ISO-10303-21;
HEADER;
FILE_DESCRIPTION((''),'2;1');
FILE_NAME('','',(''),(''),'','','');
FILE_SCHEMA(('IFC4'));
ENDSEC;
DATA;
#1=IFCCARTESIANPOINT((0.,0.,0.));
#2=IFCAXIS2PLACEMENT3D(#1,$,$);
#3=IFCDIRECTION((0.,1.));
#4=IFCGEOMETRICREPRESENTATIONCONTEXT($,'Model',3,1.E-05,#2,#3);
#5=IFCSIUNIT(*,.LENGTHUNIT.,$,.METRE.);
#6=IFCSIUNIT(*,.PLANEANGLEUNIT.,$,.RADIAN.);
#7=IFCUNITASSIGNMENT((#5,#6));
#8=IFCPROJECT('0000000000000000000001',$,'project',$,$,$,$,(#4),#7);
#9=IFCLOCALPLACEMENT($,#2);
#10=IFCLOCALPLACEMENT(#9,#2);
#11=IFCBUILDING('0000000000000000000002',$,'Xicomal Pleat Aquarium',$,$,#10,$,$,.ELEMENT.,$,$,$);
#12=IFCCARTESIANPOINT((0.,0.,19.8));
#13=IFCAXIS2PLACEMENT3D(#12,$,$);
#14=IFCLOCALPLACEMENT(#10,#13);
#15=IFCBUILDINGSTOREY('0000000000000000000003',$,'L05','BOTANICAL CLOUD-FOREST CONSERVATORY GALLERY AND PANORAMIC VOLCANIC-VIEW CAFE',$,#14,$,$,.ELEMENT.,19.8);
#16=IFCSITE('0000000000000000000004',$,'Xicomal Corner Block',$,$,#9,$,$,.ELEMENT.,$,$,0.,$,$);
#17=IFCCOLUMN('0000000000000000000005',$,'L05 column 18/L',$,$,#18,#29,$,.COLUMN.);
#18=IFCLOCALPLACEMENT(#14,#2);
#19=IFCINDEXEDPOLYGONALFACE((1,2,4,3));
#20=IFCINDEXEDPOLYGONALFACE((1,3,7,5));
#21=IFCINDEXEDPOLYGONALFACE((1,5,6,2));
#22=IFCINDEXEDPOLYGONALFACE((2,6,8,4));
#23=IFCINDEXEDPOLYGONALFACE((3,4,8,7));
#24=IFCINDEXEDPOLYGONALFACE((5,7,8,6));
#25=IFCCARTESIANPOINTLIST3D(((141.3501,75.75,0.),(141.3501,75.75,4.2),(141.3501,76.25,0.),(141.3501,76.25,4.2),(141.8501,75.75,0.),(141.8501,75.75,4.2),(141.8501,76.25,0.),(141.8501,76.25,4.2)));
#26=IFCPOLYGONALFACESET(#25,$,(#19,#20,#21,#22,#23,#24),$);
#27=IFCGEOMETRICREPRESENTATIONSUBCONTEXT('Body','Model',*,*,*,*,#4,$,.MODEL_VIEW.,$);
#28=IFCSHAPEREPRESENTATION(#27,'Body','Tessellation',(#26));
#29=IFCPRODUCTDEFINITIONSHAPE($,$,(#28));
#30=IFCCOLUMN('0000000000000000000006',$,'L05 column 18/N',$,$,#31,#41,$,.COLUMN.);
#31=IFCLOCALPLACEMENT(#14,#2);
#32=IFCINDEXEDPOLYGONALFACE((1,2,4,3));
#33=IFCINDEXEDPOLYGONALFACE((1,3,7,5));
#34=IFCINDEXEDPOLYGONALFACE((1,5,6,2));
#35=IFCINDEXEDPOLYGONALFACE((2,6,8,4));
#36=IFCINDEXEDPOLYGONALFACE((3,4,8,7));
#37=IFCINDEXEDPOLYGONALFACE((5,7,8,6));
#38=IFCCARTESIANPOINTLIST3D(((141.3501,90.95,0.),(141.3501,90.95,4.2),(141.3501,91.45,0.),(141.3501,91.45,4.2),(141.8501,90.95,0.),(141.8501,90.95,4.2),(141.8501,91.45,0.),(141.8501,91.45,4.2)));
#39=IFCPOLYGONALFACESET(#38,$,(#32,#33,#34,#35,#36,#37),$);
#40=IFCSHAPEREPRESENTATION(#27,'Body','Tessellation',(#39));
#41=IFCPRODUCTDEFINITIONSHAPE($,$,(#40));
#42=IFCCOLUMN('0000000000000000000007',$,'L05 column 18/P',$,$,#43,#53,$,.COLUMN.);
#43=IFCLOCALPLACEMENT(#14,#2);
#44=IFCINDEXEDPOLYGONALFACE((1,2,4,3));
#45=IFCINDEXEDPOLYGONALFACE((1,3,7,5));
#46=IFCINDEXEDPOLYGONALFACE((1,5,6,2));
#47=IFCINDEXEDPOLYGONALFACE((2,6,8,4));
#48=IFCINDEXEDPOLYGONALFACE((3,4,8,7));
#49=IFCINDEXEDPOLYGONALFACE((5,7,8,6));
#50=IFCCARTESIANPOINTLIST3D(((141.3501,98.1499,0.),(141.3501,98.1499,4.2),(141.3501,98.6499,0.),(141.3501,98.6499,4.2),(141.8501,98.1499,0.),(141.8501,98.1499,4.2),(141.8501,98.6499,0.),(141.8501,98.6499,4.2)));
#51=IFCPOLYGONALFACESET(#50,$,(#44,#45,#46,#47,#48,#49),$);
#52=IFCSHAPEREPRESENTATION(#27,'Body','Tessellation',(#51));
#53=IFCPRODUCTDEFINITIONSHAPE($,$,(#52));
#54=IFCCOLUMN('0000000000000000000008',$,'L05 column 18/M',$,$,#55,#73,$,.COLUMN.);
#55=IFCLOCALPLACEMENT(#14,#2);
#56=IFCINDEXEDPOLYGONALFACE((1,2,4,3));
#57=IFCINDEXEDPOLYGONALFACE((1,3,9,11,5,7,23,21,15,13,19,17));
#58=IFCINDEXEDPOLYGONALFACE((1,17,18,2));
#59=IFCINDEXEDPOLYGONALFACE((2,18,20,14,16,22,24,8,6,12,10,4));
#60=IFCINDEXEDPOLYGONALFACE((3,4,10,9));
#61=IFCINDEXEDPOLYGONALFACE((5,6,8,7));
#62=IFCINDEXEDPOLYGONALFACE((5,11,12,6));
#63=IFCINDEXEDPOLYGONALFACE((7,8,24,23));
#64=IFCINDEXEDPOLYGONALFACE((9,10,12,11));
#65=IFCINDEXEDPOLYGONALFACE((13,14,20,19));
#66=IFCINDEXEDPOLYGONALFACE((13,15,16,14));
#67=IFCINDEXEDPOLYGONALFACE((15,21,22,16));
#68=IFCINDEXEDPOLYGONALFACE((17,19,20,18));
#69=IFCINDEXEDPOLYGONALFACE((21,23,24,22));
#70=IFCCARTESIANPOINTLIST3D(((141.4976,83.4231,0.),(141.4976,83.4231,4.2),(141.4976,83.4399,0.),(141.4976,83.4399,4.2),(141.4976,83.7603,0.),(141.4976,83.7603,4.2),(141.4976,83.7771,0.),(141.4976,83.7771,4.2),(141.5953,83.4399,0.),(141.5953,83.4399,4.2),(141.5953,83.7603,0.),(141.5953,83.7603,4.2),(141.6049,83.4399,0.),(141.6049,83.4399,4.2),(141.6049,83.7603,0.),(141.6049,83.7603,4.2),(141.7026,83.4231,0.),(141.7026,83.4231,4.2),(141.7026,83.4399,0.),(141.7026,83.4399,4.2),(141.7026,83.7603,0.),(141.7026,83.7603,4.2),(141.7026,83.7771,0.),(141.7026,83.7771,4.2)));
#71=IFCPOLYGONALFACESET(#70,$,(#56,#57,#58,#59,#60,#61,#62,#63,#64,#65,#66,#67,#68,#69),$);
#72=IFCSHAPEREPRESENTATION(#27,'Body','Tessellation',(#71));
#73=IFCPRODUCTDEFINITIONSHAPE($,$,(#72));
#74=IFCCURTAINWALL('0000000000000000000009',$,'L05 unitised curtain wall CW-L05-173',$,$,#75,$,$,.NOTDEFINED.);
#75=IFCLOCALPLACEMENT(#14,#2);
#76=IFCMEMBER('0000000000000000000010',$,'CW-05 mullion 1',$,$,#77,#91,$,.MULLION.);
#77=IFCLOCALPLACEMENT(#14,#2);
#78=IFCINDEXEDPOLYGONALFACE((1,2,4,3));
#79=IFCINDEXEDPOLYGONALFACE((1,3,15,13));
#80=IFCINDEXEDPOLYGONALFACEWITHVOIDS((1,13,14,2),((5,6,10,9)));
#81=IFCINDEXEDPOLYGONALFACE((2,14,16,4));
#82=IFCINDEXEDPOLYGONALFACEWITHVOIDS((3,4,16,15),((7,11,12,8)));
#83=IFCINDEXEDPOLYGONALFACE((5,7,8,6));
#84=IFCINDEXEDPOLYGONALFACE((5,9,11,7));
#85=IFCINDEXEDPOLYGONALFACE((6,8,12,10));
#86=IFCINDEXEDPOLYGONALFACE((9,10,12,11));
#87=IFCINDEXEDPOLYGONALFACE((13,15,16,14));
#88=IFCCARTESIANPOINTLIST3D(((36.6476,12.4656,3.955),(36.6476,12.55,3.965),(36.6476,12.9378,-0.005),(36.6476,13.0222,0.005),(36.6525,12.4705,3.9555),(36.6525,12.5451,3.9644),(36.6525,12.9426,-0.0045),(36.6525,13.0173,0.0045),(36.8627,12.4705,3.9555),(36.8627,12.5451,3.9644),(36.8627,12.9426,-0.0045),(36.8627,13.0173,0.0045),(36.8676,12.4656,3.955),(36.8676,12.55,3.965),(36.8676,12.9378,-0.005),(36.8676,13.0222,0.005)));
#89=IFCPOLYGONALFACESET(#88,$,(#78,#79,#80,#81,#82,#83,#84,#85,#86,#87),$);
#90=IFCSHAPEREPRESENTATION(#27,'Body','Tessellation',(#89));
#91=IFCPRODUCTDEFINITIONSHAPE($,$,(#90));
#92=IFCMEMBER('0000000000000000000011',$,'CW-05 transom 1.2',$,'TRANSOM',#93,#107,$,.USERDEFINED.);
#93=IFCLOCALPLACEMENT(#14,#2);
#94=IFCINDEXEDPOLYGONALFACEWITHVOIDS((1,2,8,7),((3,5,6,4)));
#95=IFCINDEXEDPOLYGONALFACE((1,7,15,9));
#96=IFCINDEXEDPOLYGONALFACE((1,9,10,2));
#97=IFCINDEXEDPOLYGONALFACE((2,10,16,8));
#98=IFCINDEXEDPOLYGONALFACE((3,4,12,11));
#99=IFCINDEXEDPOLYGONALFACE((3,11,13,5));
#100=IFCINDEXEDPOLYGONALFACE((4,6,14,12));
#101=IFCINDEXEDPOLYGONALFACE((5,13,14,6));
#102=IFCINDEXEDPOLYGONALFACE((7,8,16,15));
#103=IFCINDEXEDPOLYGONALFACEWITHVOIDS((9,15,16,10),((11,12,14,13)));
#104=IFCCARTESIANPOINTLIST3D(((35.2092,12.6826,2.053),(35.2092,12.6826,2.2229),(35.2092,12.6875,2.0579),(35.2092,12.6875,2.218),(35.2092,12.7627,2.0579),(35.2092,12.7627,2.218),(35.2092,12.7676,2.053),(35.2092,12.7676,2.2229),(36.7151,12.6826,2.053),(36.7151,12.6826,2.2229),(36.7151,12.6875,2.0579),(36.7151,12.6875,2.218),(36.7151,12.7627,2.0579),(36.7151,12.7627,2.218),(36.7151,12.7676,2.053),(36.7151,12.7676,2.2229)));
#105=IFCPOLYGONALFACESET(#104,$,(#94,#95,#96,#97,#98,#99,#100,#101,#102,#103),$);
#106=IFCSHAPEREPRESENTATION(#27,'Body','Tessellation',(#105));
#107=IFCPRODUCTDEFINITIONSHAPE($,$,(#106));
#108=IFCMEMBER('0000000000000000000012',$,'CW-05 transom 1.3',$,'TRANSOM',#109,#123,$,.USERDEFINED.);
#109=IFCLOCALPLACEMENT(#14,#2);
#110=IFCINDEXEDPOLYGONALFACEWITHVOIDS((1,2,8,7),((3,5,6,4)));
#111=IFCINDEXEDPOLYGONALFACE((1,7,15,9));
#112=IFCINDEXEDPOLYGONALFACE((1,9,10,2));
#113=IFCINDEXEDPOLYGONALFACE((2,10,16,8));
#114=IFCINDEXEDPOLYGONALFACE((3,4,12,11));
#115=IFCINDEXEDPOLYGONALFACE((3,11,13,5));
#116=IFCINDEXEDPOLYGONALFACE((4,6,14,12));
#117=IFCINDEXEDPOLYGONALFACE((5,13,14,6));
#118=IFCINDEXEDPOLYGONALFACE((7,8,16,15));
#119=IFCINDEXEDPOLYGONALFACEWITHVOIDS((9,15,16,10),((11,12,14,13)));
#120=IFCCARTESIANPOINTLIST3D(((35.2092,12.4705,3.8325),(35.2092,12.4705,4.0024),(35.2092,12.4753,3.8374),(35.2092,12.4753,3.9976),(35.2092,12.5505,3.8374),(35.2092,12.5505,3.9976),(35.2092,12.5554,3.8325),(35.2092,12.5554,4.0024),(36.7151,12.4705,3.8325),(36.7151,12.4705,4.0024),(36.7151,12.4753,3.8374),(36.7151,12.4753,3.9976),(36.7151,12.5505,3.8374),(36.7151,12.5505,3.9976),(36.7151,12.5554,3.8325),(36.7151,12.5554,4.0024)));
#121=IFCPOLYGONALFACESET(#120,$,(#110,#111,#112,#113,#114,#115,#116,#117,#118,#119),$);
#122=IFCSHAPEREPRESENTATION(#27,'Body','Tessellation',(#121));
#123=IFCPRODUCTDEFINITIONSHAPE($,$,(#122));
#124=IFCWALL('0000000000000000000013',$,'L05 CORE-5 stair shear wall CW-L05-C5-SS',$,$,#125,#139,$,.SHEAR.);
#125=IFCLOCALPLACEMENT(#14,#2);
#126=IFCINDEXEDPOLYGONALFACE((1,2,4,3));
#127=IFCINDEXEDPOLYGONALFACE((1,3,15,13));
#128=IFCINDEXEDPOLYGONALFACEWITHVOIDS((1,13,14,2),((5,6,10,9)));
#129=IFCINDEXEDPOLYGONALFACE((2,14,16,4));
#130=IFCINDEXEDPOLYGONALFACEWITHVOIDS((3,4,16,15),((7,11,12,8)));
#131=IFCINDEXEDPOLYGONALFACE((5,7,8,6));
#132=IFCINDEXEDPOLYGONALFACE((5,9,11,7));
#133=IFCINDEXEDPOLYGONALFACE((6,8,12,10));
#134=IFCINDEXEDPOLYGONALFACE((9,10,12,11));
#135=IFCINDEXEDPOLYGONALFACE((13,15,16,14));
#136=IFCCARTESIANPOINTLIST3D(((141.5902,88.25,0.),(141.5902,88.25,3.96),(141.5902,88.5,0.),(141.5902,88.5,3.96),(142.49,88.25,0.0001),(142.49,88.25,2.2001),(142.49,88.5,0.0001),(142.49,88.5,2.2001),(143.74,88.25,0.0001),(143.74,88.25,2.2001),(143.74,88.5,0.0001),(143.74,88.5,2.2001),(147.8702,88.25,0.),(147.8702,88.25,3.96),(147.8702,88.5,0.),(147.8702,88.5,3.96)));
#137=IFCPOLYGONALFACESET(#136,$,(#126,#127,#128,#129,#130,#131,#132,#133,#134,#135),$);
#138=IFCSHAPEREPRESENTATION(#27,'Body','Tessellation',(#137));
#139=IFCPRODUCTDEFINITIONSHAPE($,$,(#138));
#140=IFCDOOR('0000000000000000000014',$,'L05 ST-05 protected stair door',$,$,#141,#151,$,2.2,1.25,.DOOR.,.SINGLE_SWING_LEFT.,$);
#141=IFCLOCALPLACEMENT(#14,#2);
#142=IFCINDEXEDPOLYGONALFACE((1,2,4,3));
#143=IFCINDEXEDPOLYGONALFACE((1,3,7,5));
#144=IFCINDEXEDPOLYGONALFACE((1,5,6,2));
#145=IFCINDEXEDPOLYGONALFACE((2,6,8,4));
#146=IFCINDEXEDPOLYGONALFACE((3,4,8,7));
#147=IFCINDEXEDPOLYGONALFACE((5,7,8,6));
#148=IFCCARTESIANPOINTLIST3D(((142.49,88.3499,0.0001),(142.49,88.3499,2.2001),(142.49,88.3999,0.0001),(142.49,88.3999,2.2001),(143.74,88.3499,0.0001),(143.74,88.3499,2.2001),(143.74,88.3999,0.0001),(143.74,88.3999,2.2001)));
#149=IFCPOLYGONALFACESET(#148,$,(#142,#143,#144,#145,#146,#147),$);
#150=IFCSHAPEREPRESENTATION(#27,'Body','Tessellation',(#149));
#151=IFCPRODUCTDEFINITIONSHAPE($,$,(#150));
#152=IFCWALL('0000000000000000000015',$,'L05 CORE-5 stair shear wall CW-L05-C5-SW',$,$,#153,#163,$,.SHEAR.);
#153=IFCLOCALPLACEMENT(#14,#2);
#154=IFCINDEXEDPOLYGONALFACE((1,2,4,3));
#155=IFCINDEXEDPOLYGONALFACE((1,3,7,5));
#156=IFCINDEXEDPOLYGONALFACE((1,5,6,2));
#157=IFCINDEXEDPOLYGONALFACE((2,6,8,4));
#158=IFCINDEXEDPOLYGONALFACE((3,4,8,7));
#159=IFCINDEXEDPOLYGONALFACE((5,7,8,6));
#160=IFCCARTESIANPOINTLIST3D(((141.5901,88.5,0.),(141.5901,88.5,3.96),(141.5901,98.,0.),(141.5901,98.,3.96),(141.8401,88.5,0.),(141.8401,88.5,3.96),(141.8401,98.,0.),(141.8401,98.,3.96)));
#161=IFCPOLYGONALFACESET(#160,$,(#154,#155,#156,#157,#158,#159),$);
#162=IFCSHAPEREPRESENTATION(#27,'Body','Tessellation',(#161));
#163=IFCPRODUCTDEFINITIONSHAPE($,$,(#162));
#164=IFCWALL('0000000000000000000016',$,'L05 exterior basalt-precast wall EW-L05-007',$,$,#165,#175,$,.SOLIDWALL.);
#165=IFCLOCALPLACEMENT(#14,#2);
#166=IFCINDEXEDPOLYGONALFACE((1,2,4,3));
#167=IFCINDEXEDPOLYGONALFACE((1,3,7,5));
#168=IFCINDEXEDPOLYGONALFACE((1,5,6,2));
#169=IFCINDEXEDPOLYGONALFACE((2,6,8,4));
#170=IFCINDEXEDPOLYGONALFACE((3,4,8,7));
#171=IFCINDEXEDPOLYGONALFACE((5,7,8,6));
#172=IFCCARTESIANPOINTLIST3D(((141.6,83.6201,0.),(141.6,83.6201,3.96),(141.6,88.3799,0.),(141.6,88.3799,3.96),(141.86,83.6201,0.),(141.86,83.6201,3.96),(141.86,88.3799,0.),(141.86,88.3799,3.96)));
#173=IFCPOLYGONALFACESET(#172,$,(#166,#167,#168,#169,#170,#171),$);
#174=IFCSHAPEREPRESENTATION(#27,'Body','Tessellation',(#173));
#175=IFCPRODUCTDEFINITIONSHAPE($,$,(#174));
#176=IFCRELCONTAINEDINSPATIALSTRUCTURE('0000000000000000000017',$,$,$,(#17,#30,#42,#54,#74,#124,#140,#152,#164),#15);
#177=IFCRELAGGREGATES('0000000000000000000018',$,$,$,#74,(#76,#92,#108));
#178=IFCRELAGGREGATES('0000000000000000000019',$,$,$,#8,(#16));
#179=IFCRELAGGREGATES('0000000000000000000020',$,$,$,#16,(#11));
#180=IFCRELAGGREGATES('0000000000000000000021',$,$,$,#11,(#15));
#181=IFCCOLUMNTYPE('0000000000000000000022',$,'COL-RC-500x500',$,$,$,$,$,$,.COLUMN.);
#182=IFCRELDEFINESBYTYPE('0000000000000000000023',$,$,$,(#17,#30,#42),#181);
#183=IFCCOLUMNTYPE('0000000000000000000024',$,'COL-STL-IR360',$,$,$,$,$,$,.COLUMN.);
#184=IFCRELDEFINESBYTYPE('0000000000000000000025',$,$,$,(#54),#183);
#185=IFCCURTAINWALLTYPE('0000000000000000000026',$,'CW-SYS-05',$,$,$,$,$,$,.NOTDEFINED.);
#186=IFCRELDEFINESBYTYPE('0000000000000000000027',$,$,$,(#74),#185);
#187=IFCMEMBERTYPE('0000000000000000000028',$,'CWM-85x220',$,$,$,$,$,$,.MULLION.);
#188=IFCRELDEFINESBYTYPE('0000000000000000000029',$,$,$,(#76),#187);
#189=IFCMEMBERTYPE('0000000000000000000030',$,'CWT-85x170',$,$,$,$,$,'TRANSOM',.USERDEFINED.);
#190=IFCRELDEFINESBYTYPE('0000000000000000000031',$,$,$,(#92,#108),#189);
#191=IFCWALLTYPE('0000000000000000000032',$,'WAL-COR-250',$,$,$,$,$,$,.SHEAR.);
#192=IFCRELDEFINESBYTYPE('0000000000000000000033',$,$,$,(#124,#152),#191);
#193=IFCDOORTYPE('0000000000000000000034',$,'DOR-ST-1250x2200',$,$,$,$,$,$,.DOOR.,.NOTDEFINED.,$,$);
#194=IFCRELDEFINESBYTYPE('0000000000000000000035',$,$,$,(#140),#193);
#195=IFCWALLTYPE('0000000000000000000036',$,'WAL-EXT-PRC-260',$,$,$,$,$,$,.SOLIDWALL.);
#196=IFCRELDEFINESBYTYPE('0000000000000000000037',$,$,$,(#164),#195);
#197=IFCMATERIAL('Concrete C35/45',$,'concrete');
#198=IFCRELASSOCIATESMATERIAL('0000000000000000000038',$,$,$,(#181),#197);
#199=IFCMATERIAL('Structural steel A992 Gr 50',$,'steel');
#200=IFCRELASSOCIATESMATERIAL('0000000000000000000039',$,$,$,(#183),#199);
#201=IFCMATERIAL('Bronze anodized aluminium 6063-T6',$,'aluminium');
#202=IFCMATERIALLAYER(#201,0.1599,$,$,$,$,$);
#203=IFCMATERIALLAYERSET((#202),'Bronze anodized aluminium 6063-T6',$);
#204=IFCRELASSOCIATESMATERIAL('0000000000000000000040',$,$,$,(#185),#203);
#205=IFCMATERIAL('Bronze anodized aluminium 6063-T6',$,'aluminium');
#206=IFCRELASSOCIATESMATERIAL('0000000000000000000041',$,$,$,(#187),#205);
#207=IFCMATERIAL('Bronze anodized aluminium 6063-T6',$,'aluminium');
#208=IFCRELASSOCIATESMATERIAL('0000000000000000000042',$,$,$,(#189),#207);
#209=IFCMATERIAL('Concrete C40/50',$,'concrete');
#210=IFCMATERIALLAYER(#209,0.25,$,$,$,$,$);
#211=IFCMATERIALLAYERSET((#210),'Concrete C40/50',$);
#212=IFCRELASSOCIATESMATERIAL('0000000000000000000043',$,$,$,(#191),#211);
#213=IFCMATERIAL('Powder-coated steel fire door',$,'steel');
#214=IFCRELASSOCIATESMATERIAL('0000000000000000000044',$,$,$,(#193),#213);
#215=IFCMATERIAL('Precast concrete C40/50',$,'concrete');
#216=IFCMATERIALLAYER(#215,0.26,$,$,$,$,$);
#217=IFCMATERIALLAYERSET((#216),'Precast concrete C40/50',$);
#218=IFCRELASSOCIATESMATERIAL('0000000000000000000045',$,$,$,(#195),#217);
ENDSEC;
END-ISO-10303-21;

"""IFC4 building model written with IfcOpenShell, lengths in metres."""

from ifc_helpers import new_model, si_unit, direction, frame, frame_2d, origin, origin_2d, place, context, subcontext, project, spatial, rectangle, hollow_rectangle, i_section, extrude, material, layer, layer_set, material_profile, profile_set, type_object, element, fill, aggregate, save


model = new_model("IFC4")

# Units and contexts
model_context = context("Model", 3, precision=1e-05, world=origin(), true_north=direction((0.0, 1.0)))
body_context = subcontext(model_context, "Body", "Model", "MODEL_VIEW")
ifc_project = project(units=[si_unit("LENGTHUNIT", "METRE"), si_unit("PLANEANGLEUNIT", "RADIAN")], contexts=[model_context])

# Site, building, storey
site_placement = place(None, origin())
site = spatial("IfcSite", under=ifc_project, at=site_placement, Name="Xicomal Corner Block", CompositionType="ELEMENT", RefElevation=0.0)
building_placement = place(site_placement, origin())
building = spatial("IfcBuilding", under=site, at=building_placement, Name="Xicomal Pleat Aquarium", CompositionType="ELEMENT")
storey_placement = place(building_placement, frame((0.0, 0.0, 19.8)))
storey = spatial("IfcBuildingStorey", under=building, at=storey_placement, Name="L05", Description="BOTANICAL CLOUD-FOREST CONSERVATORY GALLERY AND PANORAMIC VOLCANIC-VIEW CAFE", CompositionType="ELEMENT", Elevation=19.8)

# Columns
ifc_material_1 = material(Name="Concrete C35/45", Category="concrete")
ifc_material_profile_1 = material_profile(ifc_material_1, rectangle(XDim=0.5, YDim=0.5, at=origin_2d()), Name="RC 500x500")
ifc_profile_set_1 = profile_set([ifc_material_profile_1], Name="Concrete C35/45")
column_type_1 = type_object("IfcColumnType", Name="COL-RC-500x500", PredefinedType="COLUMN", material=ifc_profile_set_1)
for number, where, z_axis, x_axis, name in (
    (1, (141.6001, 76.0, 0.0), (0.0, 0.0, 1.0), (1.0, 0.0, 0.0), "L05 column 18/L"),
    (2, (141.6001, 91.2, 0.0), (0.0, 0.0, 1.0), (1.0, 0.0, 0.0), "L05 column 18/N"),
    (3, (141.6001, 98.3999, 0.0), (0.0, 0.0, 1.0), (1.0, 0.0, 0.0), "L05 column 18/P"),
):
    element("IfcColumn", number, at=place(storey_placement, frame(where, z_axis=z_axis, x_axis=x_axis)), inside=storey, type_object=column_type_1, Name=name, PredefinedType="COLUMN", context=body_context, shape_type="SweptSolid", body=[
        extrude(rectangle(XDim=0.5, YDim=0.5, at=origin_2d()), origin(), (0.0, 0.0, 1.0), 4.2),
    ])
ifc_material_2 = material(Name="Structural steel A992 Gr 50", Category="steel")
ifc_material_profile_2 = material_profile(ifc_material_2, i_section(OverallWidth=0.2051, OverallDepth=0.354, WebThickness=0.0095, FlangeThickness=0.0168, at=origin_2d()), Name="IR 360x79")
ifc_profile_set_2 = profile_set([ifc_material_profile_2], Name="Structural steel A992 Gr 50")
column_type_2 = type_object("IfcColumnType", Name="COL-STL-IR360", PredefinedType="COLUMN", material=ifc_profile_set_2)
column_placement = place(storey_placement, frame((141.6001, 83.6001, 0.0), z_axis=(0.0, 0.0, 1.0), x_axis=(1.0, 0.0, 0.0)))
element("IfcColumn", 4, at=column_placement, inside=storey, type_object=column_type_2, Name="L05 column 18/M", PredefinedType="COLUMN", context=body_context, shape_type="SweptSolid", body=[
    extrude(i_section(OverallWidth=0.2051, OverallDepth=0.354, WebThickness=0.0095, FlangeThickness=0.0168, at=origin_2d()), origin(), (0.0, 0.0, 1.0), 4.2),
])

# Curtain wall, members
ifc_material_3 = material(Name="Bronze anodized aluminium 6063-T6", Category="aluminium")
ifc_layer_1 = layer(ifc_material_3, 0.1599)
ifc_layer_set_1 = layer_set([ifc_layer_1], Name="Bronze anodized aluminium 6063-T6")
curtain_wall_type = type_object("IfcCurtainWallType", Name="CW-SYS-05", PredefinedType="NOTDEFINED", material=ifc_layer_set_1)
curtain_wall_placement = place(storey_placement, origin())
curtain_wall = element("IfcCurtainWall", 5, at=curtain_wall_placement, inside=storey, type_object=curtain_wall_type, Name="L05 unitised curtain wall CW-L05-173", PredefinedType="NOTDEFINED")
ifc_material_4 = material(Name="Bronze anodized aluminium 6063-T6", Category="aluminium")
ifc_material_profile_3 = material_profile(ifc_material_4, hollow_rectangle(XDim=0.085, YDim=0.22, WallThickness=0.0049, at=origin_2d()), Name="ALU MULL 85x220")
ifc_profile_set_3 = profile_set([ifc_material_profile_3], Name="Bronze anodized aluminium 6063-T6")
member_type_1 = type_object("IfcMemberType", Name="CWM-85x220", PredefinedType="MULLION", material=ifc_profile_set_3)
member_1_placement = place(storey_placement, frame((36.7576, 12.98, 0.0), z_axis=(0.0, -0.118397, 0.992966), x_axis=(0.0, -0.992966, -0.118397)))
member_1 = element("IfcMember", 6, at=member_1_placement, type_object=member_type_1, Name="CW-05 mullion 1", PredefinedType="MULLION", context=body_context, shape_type="SweptSolid", body=[
    extrude(hollow_rectangle(XDim=0.085, YDim=0.22, WallThickness=0.0049, at=origin_2d()), origin(), (0.0, 0.0, 1.0), 3.988),
])
ifc_material_5 = material(Name="Bronze anodized aluminium 6063-T6", Category="aluminium")
ifc_material_profile_4 = material_profile(ifc_material_5, hollow_rectangle(XDim=0.085, YDim=0.1699, WallThickness=0.0049, at=origin_2d()), Name="ALU TRAN 85x170")
ifc_profile_set_4 = profile_set([ifc_material_profile_4], Name="Bronze anodized aluminium 6063-T6")
member_type_2 = type_object("IfcMemberType", Name="CWT-85x170", ElementType="TRANSOM", PredefinedType="USERDEFINED", material=ifc_profile_set_4)
member_2_placement = place(storey_placement, frame((36.7151, 12.7251, 2.1379), z_axis=(-1.0, 0.0, 0.0), x_axis=(0.0, -1.0, 0.0)))
member_2 = element("IfcMember", 7, at=member_2_placement, type_object=member_type_2, Name="CW-05 transom 1.2", ObjectType="TRANSOM", PredefinedType="USERDEFINED", context=body_context, shape_type="SweptSolid", body=[
    extrude(hollow_rectangle(XDim=0.085, YDim=0.1699, WallThickness=0.0049, at=origin_2d()), origin(), (0.0, 0.0, 1.0), 1.5059),
])
member_3_placement = place(storey_placement, frame((36.7151, 12.5129, 3.9175), z_axis=(-1.0, 0.0, 0.0), x_axis=(0.0, -1.0, 0.0)))
member_3 = element("IfcMember", 8, at=member_3_placement, type_object=member_type_2, Name="CW-05 transom 1.3", ObjectType="TRANSOM", PredefinedType="USERDEFINED", context=body_context, shape_type="SweptSolid", body=[
    extrude(hollow_rectangle(XDim=0.085, YDim=0.1699, WallThickness=0.0049, at=origin_2d()), origin(), (0.0, 0.0, 1.0), 1.5059),
])
aggregate(curtain_wall, [member_1, member_2, member_3])

# Wall, opening, door
ifc_material_6 = material(Name="Concrete C40/50", Category="concrete")
ifc_layer_2 = layer(ifc_material_6, 0.25)
ifc_layer_set_2 = layer_set([ifc_layer_2], Name="Concrete C40/50")
wall_type_1 = type_object("IfcWallType", Name="WAL-COR-250", PredefinedType="SHEAR", material=ifc_layer_set_2)
wall_1_placement = place(storey_placement, frame((141.5901, 88.375, 0.0), z_axis=(0.0, 0.0, 1.0), x_axis=(1.0, 0.0, 0.0)))
wall_1 = element("IfcWall", 9, at=wall_1_placement, inside=storey, type_object=wall_type_1, Name="L05 CORE-5 stair shear wall CW-L05-C5-SS", PredefinedType="SHEAR", context=body_context, shape_type="SweptSolid", body=[
    extrude(rectangle(XDim=6.28, YDim=0.25, at=frame_2d((3.1401, 0.0))), origin(), (0.0, 0.0, 1.0), 3.96),
])
opening_1_placement = place(wall_1_placement, frame((0.8999, 0.0, 0.0)))
opening_1 = element("IfcOpeningElement", 10, at=opening_1_placement, cuts=wall_1, PredefinedType="OPENING", context=body_context, shape_type="SweptSolid", body=[
    extrude(rectangle(XDim=1.25, YDim=2.2, at=frame_2d((0.625, 1.1001))), frame((0.0, 0.135, 0.0), z_axis=(0.0, -1.0, 0.0), x_axis=(1.0, 0.0, 0.0)), (0.0, 0.0, 1.0), 0.27),
])
ifc_material_7 = material(Name="Powder-coated steel fire door", Category="steel")
door_type_1 = type_object("IfcDoorType", Name="DOR-ST-1250x2200", OperationType="NOTDEFINED", PredefinedType="DOOR", material=ifc_material_7)
door_1_placement = place(opening_1_placement, origin())
door_1 = element("IfcDoor", 11, at=door_1_placement, inside=storey, type_object=door_type_1, Name="L05 ST-05 protected stair door", OperationType="SINGLE_SWING_LEFT", OverallHeight=2.2, OverallWidth=1.25, PredefinedType="DOOR", context=body_context, shape_type="SweptSolid", body=[
    extrude(rectangle(XDim=1.25, YDim=2.2, at=frame_2d((0.625, 1.1001))), frame((0.0, 0.0249, 0.0), z_axis=(0.0, -1.0, 0.0), x_axis=(1.0, 0.0, 0.0)), (0.0, 0.0, 1.0), 0.05),
])
fill(opening_1, door_1)

# Walls
wall_2_placement = place(storey_placement, frame((141.7151, 88.5, 0.0), z_axis=(0.0, 0.0, 1.0), x_axis=(0.0, 1.0, 0.0)))
element("IfcWall", 12, at=wall_2_placement, inside=storey, type_object=wall_type_1, Name="L05 CORE-5 stair shear wall CW-L05-C5-SW", PredefinedType="SHEAR", context=body_context, shape_type="SweptSolid", body=[
    extrude(rectangle(XDim=9.5, YDim=0.25, at=frame_2d((4.75, 0.0))), origin(), (0.0, 0.0, 1.0), 3.96),
])
ifc_material_8 = material(Name="Precast concrete C40/50", Category="concrete")
ifc_layer_3 = layer(ifc_material_8, 0.26)
ifc_layer_set_3 = layer_set([ifc_layer_3], Name="Precast concrete C40/50")
wall_type_2 = type_object("IfcWallType", Name="WAL-EXT-PRC-260", PredefinedType="SOLIDWALL", material=ifc_layer_set_3)
wall_3_placement = place(storey_placement, frame((141.73, 83.6201, 0.0), z_axis=(0.0, 0.0, 1.0), x_axis=(0.0, 1.0, 0.0)))
element("IfcWall", 13, at=wall_3_placement, inside=storey, type_object=wall_type_2, Name="L05 exterior basalt-precast wall EW-L05-007", PredefinedType="SOLIDWALL", context=body_context, shape_type="SweptSolid", body=[
    extrude(rectangle(XDim=4.7598, YDim=0.26, at=frame_2d((2.3799, 0.0))), origin(), (0.0, 0.0, 1.0), 3.96),
])

save(model, "model.ifc")
